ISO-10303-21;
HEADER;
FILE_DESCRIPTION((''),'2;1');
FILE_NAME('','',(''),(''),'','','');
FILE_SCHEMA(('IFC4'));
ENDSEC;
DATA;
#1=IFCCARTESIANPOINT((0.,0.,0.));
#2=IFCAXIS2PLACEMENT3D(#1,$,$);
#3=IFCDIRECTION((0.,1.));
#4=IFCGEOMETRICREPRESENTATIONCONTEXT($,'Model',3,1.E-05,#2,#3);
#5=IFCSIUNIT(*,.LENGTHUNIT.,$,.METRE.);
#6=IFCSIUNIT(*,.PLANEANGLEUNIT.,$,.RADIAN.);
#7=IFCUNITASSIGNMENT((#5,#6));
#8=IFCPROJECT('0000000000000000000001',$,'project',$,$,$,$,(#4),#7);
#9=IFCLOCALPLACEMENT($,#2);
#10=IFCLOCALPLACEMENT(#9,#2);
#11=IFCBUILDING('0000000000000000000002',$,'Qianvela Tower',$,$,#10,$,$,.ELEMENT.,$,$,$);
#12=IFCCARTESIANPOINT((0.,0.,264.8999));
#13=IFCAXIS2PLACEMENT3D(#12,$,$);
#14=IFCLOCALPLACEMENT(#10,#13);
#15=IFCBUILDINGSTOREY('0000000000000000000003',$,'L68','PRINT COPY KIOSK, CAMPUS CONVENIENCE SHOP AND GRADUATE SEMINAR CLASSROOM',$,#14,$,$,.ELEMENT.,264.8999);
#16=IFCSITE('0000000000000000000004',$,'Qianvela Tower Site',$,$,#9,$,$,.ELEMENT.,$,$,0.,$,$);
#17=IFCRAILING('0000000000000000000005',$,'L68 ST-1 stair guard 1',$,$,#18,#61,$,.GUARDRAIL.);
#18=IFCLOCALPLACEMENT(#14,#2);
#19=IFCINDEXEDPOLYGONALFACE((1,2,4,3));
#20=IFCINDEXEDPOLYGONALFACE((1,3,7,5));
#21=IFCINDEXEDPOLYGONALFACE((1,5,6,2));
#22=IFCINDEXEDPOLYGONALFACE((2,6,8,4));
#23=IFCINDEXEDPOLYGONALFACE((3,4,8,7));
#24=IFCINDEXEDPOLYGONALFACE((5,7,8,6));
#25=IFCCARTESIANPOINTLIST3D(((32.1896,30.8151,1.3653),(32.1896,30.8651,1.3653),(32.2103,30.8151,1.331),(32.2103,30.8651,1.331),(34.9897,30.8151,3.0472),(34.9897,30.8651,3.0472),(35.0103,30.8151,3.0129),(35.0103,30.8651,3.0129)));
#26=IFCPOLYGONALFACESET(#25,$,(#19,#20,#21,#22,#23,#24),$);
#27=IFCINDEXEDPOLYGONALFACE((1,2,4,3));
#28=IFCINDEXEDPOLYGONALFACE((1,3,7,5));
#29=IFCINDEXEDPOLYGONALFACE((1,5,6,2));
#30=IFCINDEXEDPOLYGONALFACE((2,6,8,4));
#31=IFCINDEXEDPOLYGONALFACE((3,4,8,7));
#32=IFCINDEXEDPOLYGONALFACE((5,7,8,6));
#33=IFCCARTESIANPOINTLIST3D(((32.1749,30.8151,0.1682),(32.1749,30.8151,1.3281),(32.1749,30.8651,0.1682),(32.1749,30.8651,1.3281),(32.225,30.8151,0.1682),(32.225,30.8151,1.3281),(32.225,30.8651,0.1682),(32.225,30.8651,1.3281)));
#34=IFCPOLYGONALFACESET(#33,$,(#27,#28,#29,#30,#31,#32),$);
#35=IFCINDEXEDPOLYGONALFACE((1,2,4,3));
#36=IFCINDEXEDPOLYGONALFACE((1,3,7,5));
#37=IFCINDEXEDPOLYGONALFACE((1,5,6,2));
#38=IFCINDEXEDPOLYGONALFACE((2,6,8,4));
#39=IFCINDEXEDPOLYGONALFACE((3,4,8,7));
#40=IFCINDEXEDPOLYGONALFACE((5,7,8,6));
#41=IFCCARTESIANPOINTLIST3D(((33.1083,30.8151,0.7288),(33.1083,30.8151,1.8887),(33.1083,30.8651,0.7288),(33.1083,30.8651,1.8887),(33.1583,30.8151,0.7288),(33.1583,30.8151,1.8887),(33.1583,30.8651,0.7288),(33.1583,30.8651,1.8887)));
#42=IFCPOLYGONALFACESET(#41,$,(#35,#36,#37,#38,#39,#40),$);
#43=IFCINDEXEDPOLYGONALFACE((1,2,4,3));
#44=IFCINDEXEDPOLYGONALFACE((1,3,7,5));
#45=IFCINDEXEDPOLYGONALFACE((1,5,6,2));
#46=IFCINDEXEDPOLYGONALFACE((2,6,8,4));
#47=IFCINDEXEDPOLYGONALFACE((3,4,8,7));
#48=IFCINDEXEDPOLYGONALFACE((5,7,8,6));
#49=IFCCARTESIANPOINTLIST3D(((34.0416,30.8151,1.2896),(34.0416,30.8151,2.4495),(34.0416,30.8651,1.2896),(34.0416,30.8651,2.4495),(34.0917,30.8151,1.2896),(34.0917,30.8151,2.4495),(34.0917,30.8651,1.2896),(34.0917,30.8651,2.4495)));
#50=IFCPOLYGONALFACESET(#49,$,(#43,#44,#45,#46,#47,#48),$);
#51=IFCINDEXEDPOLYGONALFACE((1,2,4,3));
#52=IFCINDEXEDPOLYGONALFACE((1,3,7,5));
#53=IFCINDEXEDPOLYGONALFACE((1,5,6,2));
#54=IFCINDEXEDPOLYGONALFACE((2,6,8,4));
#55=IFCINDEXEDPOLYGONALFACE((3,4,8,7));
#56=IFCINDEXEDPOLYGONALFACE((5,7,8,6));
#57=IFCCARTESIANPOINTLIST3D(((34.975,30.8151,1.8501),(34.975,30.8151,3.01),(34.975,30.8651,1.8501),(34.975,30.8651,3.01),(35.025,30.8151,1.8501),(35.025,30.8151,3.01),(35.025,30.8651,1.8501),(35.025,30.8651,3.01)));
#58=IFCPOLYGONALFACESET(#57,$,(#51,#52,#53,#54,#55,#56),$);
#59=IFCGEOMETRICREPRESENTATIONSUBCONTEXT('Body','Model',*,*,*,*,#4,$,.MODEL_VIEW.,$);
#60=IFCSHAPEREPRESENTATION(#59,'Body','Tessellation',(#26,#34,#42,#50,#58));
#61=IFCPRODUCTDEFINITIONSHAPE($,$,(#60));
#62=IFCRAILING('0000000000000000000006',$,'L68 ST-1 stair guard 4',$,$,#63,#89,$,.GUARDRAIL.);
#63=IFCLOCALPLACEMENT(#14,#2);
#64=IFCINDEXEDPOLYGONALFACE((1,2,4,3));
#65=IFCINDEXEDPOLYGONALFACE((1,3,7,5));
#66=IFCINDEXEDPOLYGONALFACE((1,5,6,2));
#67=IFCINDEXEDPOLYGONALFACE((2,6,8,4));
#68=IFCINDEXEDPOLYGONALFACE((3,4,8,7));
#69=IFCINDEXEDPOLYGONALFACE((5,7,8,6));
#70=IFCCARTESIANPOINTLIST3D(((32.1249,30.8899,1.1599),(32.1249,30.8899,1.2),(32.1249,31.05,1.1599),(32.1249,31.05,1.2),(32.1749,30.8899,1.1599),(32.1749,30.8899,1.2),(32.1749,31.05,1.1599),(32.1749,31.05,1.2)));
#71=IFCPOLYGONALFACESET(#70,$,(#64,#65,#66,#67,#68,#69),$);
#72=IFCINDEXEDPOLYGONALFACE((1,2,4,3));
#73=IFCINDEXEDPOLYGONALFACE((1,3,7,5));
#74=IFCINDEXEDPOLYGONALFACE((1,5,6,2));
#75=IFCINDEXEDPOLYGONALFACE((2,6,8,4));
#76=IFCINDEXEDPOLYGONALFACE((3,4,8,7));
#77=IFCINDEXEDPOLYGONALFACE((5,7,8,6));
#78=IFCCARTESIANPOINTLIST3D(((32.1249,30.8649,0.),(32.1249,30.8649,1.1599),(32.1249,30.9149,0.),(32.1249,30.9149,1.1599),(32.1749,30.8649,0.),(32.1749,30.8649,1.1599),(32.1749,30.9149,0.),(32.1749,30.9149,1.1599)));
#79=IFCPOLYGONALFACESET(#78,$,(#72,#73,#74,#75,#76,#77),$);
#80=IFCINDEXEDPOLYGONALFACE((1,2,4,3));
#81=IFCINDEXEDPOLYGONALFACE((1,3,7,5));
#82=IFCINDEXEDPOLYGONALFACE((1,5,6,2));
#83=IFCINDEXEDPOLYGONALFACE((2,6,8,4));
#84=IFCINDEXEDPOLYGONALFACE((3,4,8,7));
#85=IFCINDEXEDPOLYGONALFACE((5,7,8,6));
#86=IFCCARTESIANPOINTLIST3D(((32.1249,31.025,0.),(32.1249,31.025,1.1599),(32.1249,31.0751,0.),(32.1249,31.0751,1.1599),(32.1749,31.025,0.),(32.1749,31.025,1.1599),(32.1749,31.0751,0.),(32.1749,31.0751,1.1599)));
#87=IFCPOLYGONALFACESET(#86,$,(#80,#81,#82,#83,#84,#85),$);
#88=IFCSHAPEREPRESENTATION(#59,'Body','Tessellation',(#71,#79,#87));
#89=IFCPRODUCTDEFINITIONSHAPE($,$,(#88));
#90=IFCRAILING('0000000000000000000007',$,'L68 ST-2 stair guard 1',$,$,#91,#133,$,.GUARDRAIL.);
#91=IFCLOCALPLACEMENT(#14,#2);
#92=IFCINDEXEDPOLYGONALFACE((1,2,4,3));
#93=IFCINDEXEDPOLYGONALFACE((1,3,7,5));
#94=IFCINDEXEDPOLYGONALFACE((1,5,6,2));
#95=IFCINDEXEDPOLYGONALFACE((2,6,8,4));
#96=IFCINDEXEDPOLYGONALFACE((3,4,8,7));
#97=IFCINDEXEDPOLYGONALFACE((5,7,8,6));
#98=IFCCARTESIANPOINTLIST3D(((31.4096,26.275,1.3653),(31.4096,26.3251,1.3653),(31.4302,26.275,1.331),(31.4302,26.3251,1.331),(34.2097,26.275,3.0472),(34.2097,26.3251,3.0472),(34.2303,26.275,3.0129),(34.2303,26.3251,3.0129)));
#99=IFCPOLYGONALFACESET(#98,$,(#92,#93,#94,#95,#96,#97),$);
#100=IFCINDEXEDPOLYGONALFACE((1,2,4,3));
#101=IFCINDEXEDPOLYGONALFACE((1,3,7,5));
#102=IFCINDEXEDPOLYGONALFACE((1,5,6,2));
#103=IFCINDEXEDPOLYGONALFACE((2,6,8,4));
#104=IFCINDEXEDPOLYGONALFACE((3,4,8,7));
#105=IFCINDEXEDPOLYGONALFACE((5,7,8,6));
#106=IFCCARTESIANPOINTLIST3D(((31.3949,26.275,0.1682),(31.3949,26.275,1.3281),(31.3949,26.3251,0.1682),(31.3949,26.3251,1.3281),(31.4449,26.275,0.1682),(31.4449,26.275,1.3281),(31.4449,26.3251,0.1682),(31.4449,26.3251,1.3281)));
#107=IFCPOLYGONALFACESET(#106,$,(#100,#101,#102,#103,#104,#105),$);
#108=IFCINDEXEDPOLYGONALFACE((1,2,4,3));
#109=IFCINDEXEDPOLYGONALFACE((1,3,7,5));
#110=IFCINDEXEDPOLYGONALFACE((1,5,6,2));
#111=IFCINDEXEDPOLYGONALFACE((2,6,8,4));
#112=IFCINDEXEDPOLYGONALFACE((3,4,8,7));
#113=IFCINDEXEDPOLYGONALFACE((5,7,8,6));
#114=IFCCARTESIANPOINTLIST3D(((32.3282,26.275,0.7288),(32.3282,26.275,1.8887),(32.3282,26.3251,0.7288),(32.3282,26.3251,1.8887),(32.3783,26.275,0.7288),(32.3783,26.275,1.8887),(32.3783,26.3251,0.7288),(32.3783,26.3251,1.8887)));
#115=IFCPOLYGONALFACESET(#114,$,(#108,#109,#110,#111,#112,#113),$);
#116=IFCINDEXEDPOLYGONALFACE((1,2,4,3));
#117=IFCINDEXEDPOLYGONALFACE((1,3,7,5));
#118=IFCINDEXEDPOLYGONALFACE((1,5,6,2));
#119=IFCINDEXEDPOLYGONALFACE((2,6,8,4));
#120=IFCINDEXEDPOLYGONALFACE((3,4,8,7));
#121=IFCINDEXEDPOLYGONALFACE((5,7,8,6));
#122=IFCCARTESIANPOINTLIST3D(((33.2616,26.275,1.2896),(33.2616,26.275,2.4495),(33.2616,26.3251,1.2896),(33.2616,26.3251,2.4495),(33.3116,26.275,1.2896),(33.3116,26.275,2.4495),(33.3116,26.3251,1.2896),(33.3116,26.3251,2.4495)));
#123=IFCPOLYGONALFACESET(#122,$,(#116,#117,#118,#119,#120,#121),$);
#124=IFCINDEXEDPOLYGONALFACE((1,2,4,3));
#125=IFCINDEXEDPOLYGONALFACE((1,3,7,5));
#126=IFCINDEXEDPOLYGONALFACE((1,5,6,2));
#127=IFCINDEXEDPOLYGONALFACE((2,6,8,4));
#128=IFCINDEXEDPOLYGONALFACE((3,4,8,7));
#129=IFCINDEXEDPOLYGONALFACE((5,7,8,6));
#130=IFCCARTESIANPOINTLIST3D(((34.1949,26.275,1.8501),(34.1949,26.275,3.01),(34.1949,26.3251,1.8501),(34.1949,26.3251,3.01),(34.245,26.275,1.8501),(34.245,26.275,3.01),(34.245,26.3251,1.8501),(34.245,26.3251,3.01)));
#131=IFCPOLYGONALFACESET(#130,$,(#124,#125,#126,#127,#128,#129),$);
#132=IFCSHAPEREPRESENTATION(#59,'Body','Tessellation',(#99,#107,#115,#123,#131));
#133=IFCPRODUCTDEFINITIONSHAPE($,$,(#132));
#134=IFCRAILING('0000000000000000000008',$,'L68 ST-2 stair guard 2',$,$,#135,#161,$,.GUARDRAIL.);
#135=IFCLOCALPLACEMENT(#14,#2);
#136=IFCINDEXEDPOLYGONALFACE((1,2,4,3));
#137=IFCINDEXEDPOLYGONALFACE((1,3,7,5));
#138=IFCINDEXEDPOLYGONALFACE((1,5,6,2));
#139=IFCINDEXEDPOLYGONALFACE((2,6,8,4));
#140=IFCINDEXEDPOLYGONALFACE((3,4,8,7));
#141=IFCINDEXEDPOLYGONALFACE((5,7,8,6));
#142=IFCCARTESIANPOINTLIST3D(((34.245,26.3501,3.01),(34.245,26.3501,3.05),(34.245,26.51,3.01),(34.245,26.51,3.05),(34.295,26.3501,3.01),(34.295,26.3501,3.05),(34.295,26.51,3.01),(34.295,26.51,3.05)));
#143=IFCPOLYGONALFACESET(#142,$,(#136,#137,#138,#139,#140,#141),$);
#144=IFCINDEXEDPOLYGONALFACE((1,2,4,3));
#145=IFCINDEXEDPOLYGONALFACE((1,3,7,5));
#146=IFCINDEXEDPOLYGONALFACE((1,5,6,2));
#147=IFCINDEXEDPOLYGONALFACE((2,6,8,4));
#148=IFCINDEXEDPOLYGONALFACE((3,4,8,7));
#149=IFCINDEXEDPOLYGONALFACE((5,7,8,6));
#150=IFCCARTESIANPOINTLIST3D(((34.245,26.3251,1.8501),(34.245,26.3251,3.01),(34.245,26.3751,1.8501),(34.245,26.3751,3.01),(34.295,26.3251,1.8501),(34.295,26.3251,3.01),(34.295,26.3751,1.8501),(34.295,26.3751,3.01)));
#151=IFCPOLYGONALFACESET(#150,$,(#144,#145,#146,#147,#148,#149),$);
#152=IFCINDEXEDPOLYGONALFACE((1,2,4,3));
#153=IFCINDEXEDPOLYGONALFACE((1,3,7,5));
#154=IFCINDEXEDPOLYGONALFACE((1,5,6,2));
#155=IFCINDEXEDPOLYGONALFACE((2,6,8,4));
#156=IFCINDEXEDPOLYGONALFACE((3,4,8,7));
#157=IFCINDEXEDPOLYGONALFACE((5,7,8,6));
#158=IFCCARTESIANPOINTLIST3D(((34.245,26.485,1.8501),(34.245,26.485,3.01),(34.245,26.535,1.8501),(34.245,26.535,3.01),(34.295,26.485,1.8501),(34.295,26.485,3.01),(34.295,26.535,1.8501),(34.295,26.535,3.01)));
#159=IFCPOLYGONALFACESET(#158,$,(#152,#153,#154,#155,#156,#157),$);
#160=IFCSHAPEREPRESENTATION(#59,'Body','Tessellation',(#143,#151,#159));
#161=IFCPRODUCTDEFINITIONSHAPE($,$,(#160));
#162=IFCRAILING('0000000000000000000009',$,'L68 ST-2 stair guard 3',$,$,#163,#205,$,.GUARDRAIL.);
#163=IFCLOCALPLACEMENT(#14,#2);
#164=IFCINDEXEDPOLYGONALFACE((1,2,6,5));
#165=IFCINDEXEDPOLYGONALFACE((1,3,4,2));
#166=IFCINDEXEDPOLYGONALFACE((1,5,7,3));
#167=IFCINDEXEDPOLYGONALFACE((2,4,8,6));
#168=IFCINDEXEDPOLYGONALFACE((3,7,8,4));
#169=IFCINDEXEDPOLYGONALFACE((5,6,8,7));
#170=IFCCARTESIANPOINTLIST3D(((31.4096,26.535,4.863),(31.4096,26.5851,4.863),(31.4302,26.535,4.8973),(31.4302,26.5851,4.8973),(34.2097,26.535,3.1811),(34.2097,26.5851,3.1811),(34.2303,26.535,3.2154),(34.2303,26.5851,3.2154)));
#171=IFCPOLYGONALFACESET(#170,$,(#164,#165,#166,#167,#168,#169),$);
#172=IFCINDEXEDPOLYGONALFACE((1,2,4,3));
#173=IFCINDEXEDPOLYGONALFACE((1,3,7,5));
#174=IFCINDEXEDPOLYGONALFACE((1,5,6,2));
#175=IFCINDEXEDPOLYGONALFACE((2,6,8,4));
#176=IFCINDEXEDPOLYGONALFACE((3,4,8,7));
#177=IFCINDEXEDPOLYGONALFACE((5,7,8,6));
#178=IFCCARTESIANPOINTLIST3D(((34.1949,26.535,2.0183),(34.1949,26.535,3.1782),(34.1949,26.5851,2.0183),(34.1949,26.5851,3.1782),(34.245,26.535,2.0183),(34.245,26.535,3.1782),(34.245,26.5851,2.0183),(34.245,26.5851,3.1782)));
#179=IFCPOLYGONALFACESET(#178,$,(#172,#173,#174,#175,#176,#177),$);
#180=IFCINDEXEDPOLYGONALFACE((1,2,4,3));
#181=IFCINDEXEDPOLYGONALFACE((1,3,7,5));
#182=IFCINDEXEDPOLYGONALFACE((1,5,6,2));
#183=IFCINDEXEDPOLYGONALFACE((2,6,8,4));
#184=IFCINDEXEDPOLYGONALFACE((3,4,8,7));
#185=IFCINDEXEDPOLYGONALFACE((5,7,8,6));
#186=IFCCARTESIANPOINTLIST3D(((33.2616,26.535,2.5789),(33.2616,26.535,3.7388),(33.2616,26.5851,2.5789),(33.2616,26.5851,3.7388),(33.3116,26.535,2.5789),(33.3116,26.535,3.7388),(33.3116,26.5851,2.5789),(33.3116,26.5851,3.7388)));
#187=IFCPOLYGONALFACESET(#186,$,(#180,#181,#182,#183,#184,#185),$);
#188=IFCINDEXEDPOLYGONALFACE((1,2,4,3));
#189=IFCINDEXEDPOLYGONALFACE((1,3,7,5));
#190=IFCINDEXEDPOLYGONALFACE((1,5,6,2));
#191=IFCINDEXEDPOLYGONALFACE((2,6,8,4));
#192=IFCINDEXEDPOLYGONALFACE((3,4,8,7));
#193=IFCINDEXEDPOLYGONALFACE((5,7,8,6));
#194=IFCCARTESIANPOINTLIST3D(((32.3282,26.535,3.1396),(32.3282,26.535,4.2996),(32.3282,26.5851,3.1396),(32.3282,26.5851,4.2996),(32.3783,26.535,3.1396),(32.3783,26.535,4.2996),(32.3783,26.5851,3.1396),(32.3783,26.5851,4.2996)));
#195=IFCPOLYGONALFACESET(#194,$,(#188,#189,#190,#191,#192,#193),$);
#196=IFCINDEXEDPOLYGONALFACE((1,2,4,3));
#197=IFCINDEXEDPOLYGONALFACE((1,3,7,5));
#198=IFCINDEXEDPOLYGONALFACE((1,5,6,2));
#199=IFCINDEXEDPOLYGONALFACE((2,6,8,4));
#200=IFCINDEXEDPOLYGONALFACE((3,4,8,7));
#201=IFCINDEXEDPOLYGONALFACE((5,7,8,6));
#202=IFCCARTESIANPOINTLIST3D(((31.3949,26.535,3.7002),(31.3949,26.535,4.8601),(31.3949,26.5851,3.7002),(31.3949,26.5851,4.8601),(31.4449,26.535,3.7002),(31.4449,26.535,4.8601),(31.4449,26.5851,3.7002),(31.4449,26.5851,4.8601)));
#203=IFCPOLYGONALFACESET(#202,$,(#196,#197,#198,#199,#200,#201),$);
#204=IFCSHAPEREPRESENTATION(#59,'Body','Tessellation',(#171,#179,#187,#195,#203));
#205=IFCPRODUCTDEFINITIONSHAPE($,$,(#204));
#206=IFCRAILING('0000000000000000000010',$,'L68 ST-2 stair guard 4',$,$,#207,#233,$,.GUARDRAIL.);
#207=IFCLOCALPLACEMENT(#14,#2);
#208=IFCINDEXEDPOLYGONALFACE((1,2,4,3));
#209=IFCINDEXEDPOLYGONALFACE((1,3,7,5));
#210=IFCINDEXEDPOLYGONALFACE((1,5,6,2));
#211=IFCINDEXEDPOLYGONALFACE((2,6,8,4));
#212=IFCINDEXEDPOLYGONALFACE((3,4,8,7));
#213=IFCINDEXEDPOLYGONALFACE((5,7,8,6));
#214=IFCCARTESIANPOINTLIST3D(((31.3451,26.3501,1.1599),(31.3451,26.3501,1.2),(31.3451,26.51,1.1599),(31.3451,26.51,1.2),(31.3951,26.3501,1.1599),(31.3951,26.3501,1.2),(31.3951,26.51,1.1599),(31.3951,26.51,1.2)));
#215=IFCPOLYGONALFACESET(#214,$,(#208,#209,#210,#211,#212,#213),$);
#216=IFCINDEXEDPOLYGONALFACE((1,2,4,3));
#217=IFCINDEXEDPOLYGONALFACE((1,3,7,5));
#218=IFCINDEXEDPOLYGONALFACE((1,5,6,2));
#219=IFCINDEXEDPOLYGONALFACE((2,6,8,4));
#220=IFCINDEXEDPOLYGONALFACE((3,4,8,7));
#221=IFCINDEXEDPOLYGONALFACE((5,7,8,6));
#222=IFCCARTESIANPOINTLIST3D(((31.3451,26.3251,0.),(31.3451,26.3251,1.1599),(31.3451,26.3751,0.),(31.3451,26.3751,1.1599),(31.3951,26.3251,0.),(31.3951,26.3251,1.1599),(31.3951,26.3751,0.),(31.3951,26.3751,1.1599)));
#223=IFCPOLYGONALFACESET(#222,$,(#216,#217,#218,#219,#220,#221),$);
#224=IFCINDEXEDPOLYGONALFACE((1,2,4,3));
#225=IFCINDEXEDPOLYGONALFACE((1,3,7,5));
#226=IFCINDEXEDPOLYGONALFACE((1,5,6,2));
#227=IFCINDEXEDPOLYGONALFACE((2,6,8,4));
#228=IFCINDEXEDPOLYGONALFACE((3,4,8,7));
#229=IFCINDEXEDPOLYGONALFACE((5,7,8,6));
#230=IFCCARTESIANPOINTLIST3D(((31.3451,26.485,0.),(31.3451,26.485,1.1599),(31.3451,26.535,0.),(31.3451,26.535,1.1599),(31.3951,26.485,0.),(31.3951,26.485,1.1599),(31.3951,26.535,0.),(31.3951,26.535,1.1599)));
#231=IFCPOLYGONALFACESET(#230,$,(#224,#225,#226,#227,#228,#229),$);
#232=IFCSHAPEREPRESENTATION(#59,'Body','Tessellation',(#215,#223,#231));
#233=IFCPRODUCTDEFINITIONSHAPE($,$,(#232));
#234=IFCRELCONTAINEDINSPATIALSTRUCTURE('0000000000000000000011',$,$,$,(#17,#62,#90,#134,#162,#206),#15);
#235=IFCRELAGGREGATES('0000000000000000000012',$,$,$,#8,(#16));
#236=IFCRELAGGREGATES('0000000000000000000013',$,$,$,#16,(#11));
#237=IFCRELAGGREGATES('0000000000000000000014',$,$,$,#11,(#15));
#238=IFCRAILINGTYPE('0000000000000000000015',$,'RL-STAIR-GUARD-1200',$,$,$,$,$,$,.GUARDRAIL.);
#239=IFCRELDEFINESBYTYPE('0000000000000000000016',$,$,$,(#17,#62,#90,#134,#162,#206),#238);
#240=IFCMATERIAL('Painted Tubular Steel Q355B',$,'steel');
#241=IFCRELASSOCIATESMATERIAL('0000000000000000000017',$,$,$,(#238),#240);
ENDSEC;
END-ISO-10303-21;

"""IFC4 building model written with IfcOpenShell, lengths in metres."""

from ifc_helpers import new_model, si_unit, direction, frame, origin, origin_2d, place, context, subcontext, project, spatial, rectangle, extrude, material, type_object, element, save


model = new_model("IFC4")

# Units and contexts
model_context = context("Model", 3, precision=1e-05, world=origin(), true_north=direction((0.0, 1.0)))
body_context = subcontext(model_context, "Body", "Model", "MODEL_VIEW")
ifc_project = project(units=[si_unit("LENGTHUNIT", "METRE"), si_unit("PLANEANGLEUNIT", "RADIAN")], contexts=[model_context])

# Site, building, storey
site_placement = place(None, origin())
site = spatial("IfcSite", under=ifc_project, at=site_placement, Name="Qianvela Tower Site", CompositionType="ELEMENT", RefElevation=0.0)
building_placement = place(site_placement, origin())
building = spatial("IfcBuilding", under=site, at=building_placement, Name="Qianvela Tower", CompositionType="ELEMENT")
storey_placement = place(building_placement, frame((0.0, 0.0, 264.8999)))
storey = spatial("IfcBuildingStorey", under=building, at=storey_placement, Name="L68", Description="PRINT COPY KIOSK, CAMPUS CONVENIENCE SHOP AND GRADUATE SEMINAR CLASSROOM", CompositionType="ELEMENT", Elevation=264.8999)

# Railings
ifc_material_1 = material(Name="Painted Tubular Steel Q355B", Category="steel")
railing_type_1 = type_object("IfcRailingType", Name="RL-STAIR-GUARD-1200", PredefinedType="GUARDRAIL", material=ifc_material_1)
railing_1_placement = place(storey_placement, frame((32.2, 30.8401, 0.1682)))
element("IfcRailing", 1, at=railing_1_placement, inside=storey, type_object=railing_type_1, Name="L68 ST-1 stair guard 1", PredefinedType="GUARDRAIL", context=body_context, shape_type="SweptSolid", body=[
    extrude(rectangle(XDim=0.05, YDim=0.04, at=origin_2d()), frame((0.0, 0.0, 1.1799), z_axis=(0.857242, 0.0, 0.514913), x_axis=(0.0, 1.0, 0.0)), (0.0, 0.0, 1.0), 3.2664),
    extrude(rectangle(XDim=0.05, YDim=0.05, at=origin_2d()), origin(), (0.0, 0.0, 1.0), 1.1599),
    extrude(rectangle(XDim=0.05, YDim=0.05, at=origin_2d()), frame((0.9333, 0.0, 0.5605)), (0.0, 0.0, 1.0), 1.1599),
    extrude(rectangle(XDim=0.05, YDim=0.05, at=origin_2d()), frame((1.8667, 0.0, 1.1213)), (0.0, 0.0, 1.0), 1.1599),
    extrude(rectangle(XDim=0.05, YDim=0.05, at=origin_2d()), frame((2.8, 0.0, 1.6819)), (0.0, 0.0, 1.0), 1.1599),
])
railing_2_placement = place(storey_placement, frame((32.1499, 30.8899, 0.0)))
element("IfcRailing", 2, at=railing_2_placement, inside=storey, type_object=railing_type_1, Name="L68 ST-1 stair guard 4", PredefinedType="GUARDRAIL", context=body_context, shape_type="SweptSolid", body=[
    extrude(rectangle(XDim=0.05, YDim=0.04, at=origin_2d()), frame((0.0, 0.0, 1.1799), z_axis=(0.0, 1.0, 0.0), x_axis=(-1.0, 0.0, 0.0)), (0.0, 0.0, 1.0), 0.1602),
    extrude(rectangle(XDim=0.05, YDim=0.05, at=origin_2d()), origin(), (0.0, 0.0, 1.0), 1.1599),
    extrude(rectangle(XDim=0.05, YDim=0.05, at=origin_2d()), frame((0.0, 0.1602, 0.0)), (0.0, 0.0, 1.0), 1.1599),
])
railing_3_placement = place(storey_placement, frame((31.4199, 26.3, 0.1682)))
element("IfcRailing", 3, at=railing_3_placement, inside=storey, type_object=railing_type_1, Name="L68 ST-2 stair guard 1", PredefinedType="GUARDRAIL", context=body_context, shape_type="SweptSolid", body=[
    extrude(rectangle(XDim=0.05, YDim=0.04, at=origin_2d()), frame((0.0, 0.0, 1.1799), z_axis=(0.857242, 0.0, 0.514913), x_axis=(0.0, 1.0, 0.0)), (0.0, 0.0, 1.0), 3.2664),
    extrude(rectangle(XDim=0.05, YDim=0.05, at=origin_2d()), origin(), (0.0, 0.0, 1.0), 1.1599),
    extrude(rectangle(XDim=0.05, YDim=0.05, at=origin_2d()), frame((0.9333, 0.0, 0.5605)), (0.0, 0.0, 1.0), 1.1599),
    extrude(rectangle(XDim=0.05, YDim=0.05, at=origin_2d()), frame((1.8667, 0.0, 1.1213)), (0.0, 0.0, 1.0), 1.1599),
    extrude(rectangle(XDim=0.05, YDim=0.05, at=origin_2d()), frame((2.8, 0.0, 1.6819)), (0.0, 0.0, 1.0), 1.1599),
])
railing_4_placement = place(storey_placement, frame((34.27, 26.3501, 1.8501)))
element("IfcRailing", 4, at=railing_4_placement, inside=storey, type_object=railing_type_1, Name="L68 ST-2 stair guard 2", PredefinedType="GUARDRAIL", context=body_context, shape_type="SweptSolid", body=[
    extrude(rectangle(XDim=0.05, YDim=0.04, at=origin_2d()), frame((0.0, 0.0, 1.1799), z_axis=(0.0, 1.0, 0.0), x_axis=(-1.0, 0.0, 0.0)), (0.0, 0.0, 1.0), 0.1599),
    extrude(rectangle(XDim=0.05, YDim=0.05, at=origin_2d()), origin(), (0.0, 0.0, 1.0), 1.1599),
    extrude(rectangle(XDim=0.05, YDim=0.05, at=origin_2d()), frame((0.0, 0.1599, 0.0)), (0.0, 0.0, 1.0), 1.1599),
])
railing_5_placement = place(storey_placement, frame((34.22, 26.5601, 2.0183)))
element("IfcRailing", 5, at=railing_5_placement, inside=storey, type_object=railing_type_1, Name="L68 ST-2 stair guard 3", PredefinedType="GUARDRAIL", context=body_context, shape_type="SweptSolid", body=[
    extrude(rectangle(XDim=0.05, YDim=0.04, at=origin_2d()), frame((0.0, 0.0, 1.1799), z_axis=(-0.857242, 0.0, 0.514913), x_axis=(0.0, -1.0, 0.0)), (0.0, 0.0, 1.0), 3.2664),
    extrude(rectangle(XDim=0.05, YDim=0.05, at=origin_2d()), origin(), (0.0, 0.0, 1.0), 1.1599),
    extrude(rectangle(XDim=0.05, YDim=0.05, at=origin_2d()), frame((-0.9333, 0.0, 0.5605)), (0.0, 0.0, 1.0), 1.1599),
    extrude(rectangle(XDim=0.05, YDim=0.05, at=origin_2d()), frame((-1.8667, 0.0, 1.1213)), (0.0, 0.0, 1.0), 1.1599),
    extrude(rectangle(XDim=0.05, YDim=0.05, at=origin_2d()), frame((-2.8, 0.0, 1.6819)), (0.0, 0.0, 1.0), 1.1599),
])
railing_6_placement = place(storey_placement, frame((31.3701, 26.3501, 0.0)))
element("IfcRailing", 6, at=railing_6_placement, inside=storey, type_object=railing_type_1, Name="L68 ST-2 stair guard 4", PredefinedType="GUARDRAIL", context=body_context, shape_type="SweptSolid", body=[
    extrude(rectangle(XDim=0.05, YDim=0.04, at=origin_2d()), frame((0.0, 0.0, 1.1799), z_axis=(0.0, 1.0, 0.0), x_axis=(-1.0, 0.0, 0.0)), (0.0, 0.0, 1.0), 0.1599),
    extrude(rectangle(XDim=0.05, YDim=0.05, at=origin_2d()), origin(), (0.0, 0.0, 1.0), 1.1599),
    extrude(rectangle(XDim=0.05, YDim=0.05, at=origin_2d()), frame((0.0, 0.1599, 0.0)), (0.0, 0.0, 1.0), 1.1599),
])

save(model, "model.ifc")
